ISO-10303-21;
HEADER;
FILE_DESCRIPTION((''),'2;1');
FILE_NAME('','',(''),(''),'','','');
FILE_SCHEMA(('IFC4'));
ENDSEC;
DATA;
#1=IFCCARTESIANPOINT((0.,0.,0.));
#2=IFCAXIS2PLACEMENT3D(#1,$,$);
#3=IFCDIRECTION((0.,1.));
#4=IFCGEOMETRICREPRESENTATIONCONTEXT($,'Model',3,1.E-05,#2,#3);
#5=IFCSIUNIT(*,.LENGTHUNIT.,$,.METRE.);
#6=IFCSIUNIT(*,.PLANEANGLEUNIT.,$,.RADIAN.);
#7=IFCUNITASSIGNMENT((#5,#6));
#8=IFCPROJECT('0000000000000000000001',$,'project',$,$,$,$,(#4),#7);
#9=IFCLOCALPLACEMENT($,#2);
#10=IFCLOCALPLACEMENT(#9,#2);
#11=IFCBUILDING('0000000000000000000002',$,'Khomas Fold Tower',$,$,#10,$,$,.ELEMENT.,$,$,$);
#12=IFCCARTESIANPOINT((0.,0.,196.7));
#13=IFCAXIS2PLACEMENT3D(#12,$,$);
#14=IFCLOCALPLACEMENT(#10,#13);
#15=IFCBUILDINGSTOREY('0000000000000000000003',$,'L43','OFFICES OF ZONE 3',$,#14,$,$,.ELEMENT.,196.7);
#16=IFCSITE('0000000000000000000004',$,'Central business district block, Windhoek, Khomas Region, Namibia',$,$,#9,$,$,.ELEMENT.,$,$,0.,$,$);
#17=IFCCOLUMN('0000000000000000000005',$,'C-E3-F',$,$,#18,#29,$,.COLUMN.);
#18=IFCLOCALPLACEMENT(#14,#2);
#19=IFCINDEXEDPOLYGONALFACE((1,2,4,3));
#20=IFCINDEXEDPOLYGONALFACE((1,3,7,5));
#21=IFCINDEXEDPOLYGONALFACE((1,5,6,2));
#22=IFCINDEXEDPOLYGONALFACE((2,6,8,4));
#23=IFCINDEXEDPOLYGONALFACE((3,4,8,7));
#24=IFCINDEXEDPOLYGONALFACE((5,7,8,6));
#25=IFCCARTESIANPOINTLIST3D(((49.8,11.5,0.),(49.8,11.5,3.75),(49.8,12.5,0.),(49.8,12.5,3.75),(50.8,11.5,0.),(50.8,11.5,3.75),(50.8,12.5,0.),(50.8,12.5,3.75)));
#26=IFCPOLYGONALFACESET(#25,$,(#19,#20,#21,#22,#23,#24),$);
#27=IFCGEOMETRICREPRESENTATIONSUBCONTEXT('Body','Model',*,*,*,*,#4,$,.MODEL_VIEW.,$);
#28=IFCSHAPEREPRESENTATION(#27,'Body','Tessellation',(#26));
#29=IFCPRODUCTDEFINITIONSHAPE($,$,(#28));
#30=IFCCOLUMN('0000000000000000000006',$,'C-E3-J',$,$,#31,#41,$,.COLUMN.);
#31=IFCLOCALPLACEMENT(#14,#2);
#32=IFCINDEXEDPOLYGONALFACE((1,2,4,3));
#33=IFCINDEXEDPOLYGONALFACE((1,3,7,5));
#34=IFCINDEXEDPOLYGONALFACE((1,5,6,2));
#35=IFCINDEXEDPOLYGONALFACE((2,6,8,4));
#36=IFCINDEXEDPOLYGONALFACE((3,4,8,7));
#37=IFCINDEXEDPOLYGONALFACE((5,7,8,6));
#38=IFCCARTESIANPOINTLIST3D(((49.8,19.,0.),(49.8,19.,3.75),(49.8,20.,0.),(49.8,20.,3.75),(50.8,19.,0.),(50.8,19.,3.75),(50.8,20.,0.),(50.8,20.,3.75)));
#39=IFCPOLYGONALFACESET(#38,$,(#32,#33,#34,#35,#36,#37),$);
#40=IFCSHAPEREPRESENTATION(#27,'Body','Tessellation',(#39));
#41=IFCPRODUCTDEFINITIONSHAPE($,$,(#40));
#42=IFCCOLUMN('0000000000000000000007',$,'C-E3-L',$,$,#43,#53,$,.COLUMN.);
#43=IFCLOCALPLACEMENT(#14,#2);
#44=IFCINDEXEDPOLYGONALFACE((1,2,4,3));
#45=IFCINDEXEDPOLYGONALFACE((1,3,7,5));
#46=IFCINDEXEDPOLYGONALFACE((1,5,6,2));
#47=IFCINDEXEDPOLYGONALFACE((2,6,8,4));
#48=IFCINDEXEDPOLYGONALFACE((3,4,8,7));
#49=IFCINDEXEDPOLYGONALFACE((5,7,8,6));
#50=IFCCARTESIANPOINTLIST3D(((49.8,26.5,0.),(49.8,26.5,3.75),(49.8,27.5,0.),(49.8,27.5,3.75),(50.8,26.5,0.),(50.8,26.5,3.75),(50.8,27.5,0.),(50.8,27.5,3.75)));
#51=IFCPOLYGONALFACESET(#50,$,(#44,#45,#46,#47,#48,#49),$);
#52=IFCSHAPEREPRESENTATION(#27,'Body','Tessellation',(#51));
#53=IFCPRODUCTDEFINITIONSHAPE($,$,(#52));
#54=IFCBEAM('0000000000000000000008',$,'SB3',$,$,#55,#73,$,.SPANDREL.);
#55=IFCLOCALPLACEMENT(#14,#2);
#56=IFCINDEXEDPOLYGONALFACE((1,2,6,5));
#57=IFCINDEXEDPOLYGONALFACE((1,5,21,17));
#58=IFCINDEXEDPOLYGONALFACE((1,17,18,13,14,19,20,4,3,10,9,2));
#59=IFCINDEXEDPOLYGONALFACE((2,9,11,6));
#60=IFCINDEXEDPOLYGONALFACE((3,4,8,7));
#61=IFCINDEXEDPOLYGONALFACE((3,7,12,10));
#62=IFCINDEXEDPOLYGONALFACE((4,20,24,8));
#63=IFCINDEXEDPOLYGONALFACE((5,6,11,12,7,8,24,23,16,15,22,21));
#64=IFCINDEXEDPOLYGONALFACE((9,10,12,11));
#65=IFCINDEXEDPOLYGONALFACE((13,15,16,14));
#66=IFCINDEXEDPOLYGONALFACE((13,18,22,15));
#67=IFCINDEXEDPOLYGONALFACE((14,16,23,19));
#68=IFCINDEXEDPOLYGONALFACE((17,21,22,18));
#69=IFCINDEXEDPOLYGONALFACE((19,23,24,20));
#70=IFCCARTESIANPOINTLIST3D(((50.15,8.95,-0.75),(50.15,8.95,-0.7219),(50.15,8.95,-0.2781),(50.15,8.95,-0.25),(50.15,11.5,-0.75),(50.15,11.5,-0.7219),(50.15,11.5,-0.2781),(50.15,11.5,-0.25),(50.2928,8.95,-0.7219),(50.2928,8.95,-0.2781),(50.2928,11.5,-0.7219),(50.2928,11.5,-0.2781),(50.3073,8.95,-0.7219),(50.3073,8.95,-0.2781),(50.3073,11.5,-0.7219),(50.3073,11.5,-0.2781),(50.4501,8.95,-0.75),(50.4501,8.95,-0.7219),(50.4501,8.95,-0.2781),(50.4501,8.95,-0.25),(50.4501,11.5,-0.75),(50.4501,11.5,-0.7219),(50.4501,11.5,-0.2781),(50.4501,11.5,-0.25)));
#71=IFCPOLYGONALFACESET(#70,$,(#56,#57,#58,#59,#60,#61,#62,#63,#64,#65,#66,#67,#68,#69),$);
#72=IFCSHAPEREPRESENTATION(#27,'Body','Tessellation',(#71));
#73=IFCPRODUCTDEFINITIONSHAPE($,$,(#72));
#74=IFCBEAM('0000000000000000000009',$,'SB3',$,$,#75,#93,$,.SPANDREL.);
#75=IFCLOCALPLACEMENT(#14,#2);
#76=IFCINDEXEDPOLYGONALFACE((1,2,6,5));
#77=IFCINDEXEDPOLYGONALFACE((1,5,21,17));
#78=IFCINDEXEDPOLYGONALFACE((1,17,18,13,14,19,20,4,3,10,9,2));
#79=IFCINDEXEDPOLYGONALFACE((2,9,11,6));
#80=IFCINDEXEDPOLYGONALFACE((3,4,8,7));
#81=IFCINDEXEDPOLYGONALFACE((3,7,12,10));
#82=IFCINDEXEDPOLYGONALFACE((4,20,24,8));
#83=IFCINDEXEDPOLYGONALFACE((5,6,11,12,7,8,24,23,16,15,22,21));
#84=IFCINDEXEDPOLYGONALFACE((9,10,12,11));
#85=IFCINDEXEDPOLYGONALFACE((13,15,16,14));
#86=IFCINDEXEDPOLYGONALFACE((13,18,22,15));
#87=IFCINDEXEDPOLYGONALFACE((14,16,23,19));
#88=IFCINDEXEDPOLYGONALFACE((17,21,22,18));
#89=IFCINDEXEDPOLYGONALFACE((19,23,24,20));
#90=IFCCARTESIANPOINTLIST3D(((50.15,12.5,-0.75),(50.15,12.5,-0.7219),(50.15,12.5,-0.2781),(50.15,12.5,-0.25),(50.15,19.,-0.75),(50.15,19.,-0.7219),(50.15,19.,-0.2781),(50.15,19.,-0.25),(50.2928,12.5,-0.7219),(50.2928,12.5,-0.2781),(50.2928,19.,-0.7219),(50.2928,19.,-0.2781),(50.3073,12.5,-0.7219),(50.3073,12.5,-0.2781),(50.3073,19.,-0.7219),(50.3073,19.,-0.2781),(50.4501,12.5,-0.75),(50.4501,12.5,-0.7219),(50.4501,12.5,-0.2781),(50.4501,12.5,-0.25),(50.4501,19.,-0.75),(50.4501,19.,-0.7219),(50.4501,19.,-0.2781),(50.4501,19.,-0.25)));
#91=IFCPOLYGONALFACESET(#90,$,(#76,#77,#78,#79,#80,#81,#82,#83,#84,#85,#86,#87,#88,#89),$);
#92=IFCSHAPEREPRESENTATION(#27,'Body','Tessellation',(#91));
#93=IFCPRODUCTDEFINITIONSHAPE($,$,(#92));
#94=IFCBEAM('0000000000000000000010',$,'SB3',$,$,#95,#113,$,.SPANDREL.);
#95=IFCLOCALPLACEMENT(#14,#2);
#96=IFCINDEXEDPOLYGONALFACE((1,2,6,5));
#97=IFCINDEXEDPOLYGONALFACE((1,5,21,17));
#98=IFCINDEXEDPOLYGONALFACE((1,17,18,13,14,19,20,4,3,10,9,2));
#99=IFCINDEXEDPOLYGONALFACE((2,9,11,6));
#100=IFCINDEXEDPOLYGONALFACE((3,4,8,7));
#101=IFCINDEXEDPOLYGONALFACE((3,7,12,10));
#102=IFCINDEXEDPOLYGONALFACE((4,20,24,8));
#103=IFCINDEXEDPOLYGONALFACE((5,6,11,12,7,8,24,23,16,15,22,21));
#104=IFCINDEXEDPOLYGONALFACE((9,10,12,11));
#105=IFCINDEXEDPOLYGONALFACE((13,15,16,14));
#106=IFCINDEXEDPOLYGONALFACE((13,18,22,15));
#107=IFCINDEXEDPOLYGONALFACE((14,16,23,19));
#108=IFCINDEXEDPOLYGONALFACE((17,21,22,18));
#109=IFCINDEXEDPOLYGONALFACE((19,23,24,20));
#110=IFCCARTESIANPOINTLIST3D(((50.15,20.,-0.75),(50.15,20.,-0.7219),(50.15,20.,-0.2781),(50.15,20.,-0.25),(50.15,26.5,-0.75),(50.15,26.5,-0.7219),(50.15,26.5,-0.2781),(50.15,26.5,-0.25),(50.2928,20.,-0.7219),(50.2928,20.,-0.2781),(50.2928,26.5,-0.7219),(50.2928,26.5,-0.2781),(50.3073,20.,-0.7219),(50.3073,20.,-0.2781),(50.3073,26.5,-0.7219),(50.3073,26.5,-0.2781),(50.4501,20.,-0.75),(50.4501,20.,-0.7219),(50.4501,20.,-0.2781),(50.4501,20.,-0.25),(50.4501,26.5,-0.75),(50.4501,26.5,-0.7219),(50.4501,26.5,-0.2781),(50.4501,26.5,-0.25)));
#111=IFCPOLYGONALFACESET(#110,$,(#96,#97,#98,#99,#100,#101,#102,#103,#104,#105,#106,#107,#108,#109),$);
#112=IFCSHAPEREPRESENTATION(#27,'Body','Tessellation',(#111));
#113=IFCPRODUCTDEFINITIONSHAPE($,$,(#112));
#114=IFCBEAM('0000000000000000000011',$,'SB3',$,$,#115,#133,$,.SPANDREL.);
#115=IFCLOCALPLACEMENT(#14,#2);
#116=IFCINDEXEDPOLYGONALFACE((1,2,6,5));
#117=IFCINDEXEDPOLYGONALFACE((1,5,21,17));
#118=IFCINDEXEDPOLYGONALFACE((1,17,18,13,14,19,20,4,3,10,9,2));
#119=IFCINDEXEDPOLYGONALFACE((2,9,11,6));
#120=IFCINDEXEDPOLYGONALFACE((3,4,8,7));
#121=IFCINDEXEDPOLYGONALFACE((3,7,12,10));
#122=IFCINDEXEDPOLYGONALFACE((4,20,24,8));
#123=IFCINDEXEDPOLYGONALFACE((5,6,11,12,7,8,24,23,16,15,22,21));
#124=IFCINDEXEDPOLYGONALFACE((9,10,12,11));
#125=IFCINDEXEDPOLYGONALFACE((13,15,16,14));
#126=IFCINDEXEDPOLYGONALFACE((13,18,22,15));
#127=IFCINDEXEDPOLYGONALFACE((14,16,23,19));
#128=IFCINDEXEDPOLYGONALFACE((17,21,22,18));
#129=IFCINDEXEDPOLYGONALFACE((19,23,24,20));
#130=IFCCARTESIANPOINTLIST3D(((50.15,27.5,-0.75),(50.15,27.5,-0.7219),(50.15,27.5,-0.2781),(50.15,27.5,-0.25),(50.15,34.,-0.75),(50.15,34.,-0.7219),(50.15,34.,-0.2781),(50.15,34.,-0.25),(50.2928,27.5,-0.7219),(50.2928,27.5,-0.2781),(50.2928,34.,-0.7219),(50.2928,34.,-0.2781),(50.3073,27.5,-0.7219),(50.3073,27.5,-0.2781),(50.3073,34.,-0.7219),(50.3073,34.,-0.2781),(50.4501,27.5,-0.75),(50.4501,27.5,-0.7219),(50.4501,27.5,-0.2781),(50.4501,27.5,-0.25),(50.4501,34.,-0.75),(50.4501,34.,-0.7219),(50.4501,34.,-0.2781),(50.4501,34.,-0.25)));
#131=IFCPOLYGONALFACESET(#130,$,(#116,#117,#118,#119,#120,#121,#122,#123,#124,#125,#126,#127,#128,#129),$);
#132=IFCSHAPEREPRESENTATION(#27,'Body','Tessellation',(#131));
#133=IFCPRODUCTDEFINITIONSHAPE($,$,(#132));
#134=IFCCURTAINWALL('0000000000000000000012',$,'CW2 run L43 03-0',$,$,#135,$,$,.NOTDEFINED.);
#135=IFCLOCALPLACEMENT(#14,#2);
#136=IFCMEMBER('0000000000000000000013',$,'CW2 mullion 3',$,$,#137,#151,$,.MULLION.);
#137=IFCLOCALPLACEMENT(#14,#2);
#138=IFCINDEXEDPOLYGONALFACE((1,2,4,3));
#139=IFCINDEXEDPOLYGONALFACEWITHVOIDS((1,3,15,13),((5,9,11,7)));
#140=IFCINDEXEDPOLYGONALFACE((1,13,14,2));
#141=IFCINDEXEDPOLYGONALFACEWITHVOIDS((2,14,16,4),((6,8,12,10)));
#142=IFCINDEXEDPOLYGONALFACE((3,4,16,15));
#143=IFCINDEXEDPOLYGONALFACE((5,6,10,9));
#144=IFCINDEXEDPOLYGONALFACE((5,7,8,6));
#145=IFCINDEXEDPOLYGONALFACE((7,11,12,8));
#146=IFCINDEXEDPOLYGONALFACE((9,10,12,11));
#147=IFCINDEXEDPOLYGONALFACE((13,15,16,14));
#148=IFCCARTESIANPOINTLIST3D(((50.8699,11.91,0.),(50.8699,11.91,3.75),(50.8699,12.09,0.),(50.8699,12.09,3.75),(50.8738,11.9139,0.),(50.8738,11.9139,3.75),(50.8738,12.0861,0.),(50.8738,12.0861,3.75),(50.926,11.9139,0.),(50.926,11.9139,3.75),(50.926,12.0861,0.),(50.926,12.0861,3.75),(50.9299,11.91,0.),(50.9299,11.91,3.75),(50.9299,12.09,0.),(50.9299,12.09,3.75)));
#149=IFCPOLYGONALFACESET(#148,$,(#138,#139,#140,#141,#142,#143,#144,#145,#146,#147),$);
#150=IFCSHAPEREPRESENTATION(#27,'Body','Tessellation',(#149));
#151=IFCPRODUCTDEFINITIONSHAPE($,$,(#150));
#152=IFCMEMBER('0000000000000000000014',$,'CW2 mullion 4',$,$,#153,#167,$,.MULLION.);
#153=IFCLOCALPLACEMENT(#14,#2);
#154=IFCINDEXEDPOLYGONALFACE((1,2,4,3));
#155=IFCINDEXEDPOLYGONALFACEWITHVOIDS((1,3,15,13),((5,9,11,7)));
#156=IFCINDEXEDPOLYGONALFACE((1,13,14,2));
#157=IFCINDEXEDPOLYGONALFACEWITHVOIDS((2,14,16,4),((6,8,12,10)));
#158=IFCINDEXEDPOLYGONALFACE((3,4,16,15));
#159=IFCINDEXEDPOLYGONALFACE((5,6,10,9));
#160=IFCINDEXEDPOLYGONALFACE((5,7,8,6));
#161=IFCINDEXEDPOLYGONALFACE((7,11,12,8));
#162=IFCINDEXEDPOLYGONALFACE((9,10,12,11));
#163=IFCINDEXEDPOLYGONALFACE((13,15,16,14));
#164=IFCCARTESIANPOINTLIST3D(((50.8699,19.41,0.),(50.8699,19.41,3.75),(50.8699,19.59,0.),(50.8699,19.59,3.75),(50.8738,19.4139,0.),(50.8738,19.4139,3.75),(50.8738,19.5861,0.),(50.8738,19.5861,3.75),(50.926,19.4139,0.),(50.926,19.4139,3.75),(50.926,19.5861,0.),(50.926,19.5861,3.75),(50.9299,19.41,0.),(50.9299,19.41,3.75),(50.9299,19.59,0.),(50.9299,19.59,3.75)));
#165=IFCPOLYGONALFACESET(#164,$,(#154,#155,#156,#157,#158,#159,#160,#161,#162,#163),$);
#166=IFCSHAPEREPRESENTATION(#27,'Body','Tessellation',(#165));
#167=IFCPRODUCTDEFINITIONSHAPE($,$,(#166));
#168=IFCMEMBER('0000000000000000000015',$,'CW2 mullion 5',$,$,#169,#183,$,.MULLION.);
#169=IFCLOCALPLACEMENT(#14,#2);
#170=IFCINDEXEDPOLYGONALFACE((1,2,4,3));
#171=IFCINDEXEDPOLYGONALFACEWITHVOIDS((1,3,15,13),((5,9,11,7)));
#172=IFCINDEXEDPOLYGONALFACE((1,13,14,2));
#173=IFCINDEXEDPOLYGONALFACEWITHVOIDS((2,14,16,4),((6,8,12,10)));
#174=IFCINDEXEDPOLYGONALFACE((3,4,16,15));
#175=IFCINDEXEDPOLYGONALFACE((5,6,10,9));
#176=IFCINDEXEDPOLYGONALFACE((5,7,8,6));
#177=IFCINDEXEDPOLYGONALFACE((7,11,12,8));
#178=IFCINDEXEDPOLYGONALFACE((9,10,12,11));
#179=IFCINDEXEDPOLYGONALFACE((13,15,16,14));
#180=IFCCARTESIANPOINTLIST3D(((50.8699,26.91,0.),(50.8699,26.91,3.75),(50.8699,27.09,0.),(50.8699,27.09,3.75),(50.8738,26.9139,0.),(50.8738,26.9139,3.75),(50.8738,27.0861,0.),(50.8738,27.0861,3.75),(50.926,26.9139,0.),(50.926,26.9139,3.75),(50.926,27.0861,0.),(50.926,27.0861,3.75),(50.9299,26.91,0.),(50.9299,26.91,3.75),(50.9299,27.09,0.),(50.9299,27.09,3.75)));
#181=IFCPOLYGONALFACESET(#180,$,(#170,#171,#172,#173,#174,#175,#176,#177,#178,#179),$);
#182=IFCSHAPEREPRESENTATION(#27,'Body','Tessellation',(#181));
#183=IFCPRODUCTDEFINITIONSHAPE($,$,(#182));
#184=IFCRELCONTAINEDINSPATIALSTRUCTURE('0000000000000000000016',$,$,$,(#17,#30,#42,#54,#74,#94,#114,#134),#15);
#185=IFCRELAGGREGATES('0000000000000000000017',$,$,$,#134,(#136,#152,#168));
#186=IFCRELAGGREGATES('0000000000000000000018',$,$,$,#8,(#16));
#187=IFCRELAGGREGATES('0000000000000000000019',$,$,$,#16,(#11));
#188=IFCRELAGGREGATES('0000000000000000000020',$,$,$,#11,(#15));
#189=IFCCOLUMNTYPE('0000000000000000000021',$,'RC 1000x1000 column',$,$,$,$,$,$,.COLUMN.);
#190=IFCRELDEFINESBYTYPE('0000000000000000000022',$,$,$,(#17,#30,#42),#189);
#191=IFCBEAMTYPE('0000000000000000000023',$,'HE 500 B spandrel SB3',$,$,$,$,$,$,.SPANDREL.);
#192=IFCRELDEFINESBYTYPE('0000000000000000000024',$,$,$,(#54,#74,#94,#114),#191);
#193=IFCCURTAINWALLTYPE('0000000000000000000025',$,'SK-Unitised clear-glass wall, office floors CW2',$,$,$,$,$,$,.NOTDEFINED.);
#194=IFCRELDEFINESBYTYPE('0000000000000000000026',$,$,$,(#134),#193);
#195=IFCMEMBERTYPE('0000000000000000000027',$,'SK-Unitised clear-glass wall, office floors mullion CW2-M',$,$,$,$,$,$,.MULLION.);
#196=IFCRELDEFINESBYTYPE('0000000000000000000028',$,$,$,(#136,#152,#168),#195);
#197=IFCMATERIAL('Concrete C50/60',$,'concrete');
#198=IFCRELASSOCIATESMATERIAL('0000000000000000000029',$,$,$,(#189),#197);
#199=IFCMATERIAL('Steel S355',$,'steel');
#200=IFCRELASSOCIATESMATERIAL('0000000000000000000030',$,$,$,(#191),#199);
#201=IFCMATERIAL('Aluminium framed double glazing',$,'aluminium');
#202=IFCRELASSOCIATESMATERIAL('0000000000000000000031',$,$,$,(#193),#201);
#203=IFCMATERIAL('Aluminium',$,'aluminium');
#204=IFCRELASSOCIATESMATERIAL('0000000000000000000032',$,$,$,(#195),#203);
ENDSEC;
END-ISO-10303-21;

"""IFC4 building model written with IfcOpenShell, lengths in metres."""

from ifc_helpers import new_model, si_unit, direction, frame, origin, origin_2d, place, context, subcontext, project, spatial, rectangle, hollow_rectangle, i_section, extrude, source, transform, mapped, material, material_profile, profile_set, type_object, element, aggregate, save


model = new_model("IFC4")

# Units and contexts
model_context = context("Model", 3, precision=1e-05, world=origin(), true_north=direction((0.0, 1.0)))
body_context = subcontext(model_context, "Body", "Model", "MODEL_VIEW")
ifc_project = project(units=[si_unit("LENGTHUNIT", "METRE"), si_unit("PLANEANGLEUNIT", "RADIAN")], contexts=[model_context])

# Site, building, storey
site_placement = place(None, origin())
site = spatial("IfcSite", under=ifc_project, at=site_placement, Name="Central business district block, Windhoek, Khomas Region, Namibia", CompositionType="ELEMENT", RefElevation=0.0)
building_placement = place(site_placement, origin())
building = spatial("IfcBuilding", under=site, at=building_placement, Name="Khomas Fold Tower", CompositionType="ELEMENT")
storey_placement = place(building_placement, frame((0.0, 0.0, 196.7)))
storey = spatial("IfcBuildingStorey", under=building, at=storey_placement, Name="L43", Description="OFFICES OF ZONE 3", CompositionType="ELEMENT", Elevation=196.7)

# Columns
ifc_material_1 = material(Name="Concrete C50/60", Category="concrete")
ifc_material_profile_1 = material_profile(ifc_material_1, rectangle(XDim=1.0, YDim=1.0, at=origin_2d()), Name="RC 1000x1000")
ifc_profile_set_1 = profile_set([ifc_material_profile_1], Name="Concrete C50/60")
column_type = type_object("IfcColumnType", Name="RC 1000x1000 column", PredefinedType="COLUMN", material=ifc_profile_set_1)
shared_shape_1 = source(origin(), body_context, "Body", "SweptSolid", [
    extrude(rectangle(XDim=1.0, YDim=1.0, at=origin_2d()), origin(), (0.0, 0.0, 1.0), 3.75),
])
for number, where, z_axis, x_axis, name in (
    (1, (50.3, 12.0, 0.0), (0.0, 0.0, 1.0), (1.0, 0.0, 0.0), "C-E3-F"),
    (2, (50.3, 19.5, 0.0), (0.0, 0.0, 1.0), (1.0, 0.0, 0.0), "C-E3-J"),
    (3, (50.3, 27.0, 0.0), (0.0, 0.0, 1.0), (1.0, 0.0, 0.0), "C-E3-L"),
):
    element("IfcColumn", number, at=place(storey_placement, frame(where, z_axis=z_axis, x_axis=x_axis)), inside=storey, type_object=column_type, Name=name, PredefinedType="COLUMN", context=body_context, shape_type="MappedRepresentation", body=[
        mapped(shared_shape_1, transform((0.0, 0.0, 0.0))),
    ])

# Beams
ifc_material_2 = material(Name="Steel S355", Category="steel")
ifc_material_profile_2 = material_profile(ifc_material_2, i_section(OverallWidth=0.3, OverallDepth=0.5, WebThickness=0.0144, FlangeThickness=0.0281, at=origin_2d()), Name="HE 500 B")
ifc_profile_set_2 = profile_set([ifc_material_profile_2], Name="Steel S355")
beam_type = type_object("IfcBeamType", Name="HE 500 B spandrel SB3", PredefinedType="SPANDREL", material=ifc_profile_set_2)
shared_shape_2 = source(origin(), body_context, "Body", "SweptSolid", [
    extrude(i_section(OverallWidth=0.3, OverallDepth=0.5, WebThickness=0.0144, FlangeThickness=0.0281, at=origin_2d()), origin(), (0.0, 0.0, 1.0), 2.55),
])
beam_placement = place(storey_placement, frame((50.3, 8.95, -0.5), z_axis=(0.0, 1.0, 0.0), x_axis=(-1.0, 0.0, 0.0)))
element("IfcBeam", 4, at=beam_placement, inside=storey, type_object=beam_type, Name="SB3", PredefinedType="SPANDREL", context=body_context, shape_type="MappedRepresentation", body=[
    mapped(shared_shape_2, transform((0.0, 0.0, 0.0))),
])
shared_shape_3 = source(origin(), body_context, "Body", "SweptSolid", [
    extrude(i_section(OverallWidth=0.3, OverallDepth=0.5, WebThickness=0.0144, FlangeThickness=0.0281, at=origin_2d()), origin(), (0.0, 0.0, 1.0), 6.5),
])
for number, where, z_axis, x_axis, name in (
    (5, (50.3, 12.5, -0.5), (0.0, 1.0, 0.0), (-1.0, 0.0, 0.0), "SB3"),
    (6, (50.3, 20.0, -0.5), (0.0, 1.0, 0.0), (-1.0, 0.0, 0.0), "SB3"),
    (7, (50.3, 27.5, -0.5), (0.0, 1.0, 0.0), (-1.0, 0.0, 0.0), "SB3"),
):
    element("IfcBeam", number, at=place(storey_placement, frame(where, z_axis=z_axis, x_axis=x_axis)), inside=storey, type_object=beam_type, Name=name, PredefinedType="SPANDREL", context=body_context, shape_type="MappedRepresentation", body=[
        mapped(shared_shape_3, transform((0.0, 0.0, 0.0))),
    ])

# Curtain wall, members
ifc_material_3 = material(Name="Aluminium framed double glazing", Category="aluminium")
curtain_wall_type = type_object("IfcCurtainWallType", Name="SK-Unitised clear-glass wall, office floors CW2", PredefinedType="NOTDEFINED", material=ifc_material_3)
curtain_wall_placement = place(storey_placement, origin())
curtain_wall = element("IfcCurtainWall", 8, at=curtain_wall_placement, inside=storey, type_object=curtain_wall_type, Name="CW2 run L43 03-0", PredefinedType="NOTDEFINED")
ifc_material_4 = material(Name="Aluminium", Category="aluminium")
ifc_material_profile_3 = material_profile(ifc_material_4, hollow_rectangle(XDim=0.0601, YDim=0.1799, WallThickness=0.0039, at=origin_2d()), Name="SK-Unitised clear-glass wall, office floors mullion CW2-M")
ifc_profile_set_3 = profile_set([ifc_material_profile_3], Name="Aluminium")
member_type_1 = type_object("IfcMemberType", Name="SK-Unitised clear-glass wall, office floors mullion CW2-M", PredefinedType="MULLION", material=ifc_profile_set_3)
shared_shape_4 = source(origin(), body_context, "Body", "SweptSolid", [
    extrude(hollow_rectangle(XDim=0.0601, YDim=0.1799, WallThickness=0.0039, at=origin_2d()), origin(), (0.0, 0.0, 1.0), 3.75),
])
member_1_placement = place(storey_placement, frame((50.8999, 12.0, 0.0), z_axis=(0.0, 0.0, 1.0), x_axis=(-1.0, 0.0, 0.0)))
member_1 = element("IfcMember", 9, at=member_1_placement, type_object=member_type_1, Name="CW2 mullion 3", PredefinedType="MULLION", context=body_context, shape_type="MappedRepresentation", body=[
    mapped(shared_shape_4, transform((0.0, 0.0, 0.0))),
])
member_2_placement = place(storey_placement, frame((50.8999, 19.5, 0.0), z_axis=(0.0, 0.0, 1.0), x_axis=(-1.0, 0.0, 0.0)))
member_2 = element("IfcMember", 10, at=member_2_placement, type_object=member_type_1, Name="CW2 mullion 4", PredefinedType="MULLION", context=body_context, shape_type="MappedRepresentation", body=[
    mapped(shared_shape_4, transform((0.0, 0.0, 0.0))),
])
member_3_placement = place(storey_placement, frame((50.8999, 27.0, 0.0), z_axis=(0.0, 0.0, 1.0), x_axis=(-1.0, 0.0, 0.0)))
member_3 = element("IfcMember", 11, at=member_3_placement, type_object=member_type_1, Name="CW2 mullion 5", PredefinedType="MULLION", context=body_context, shape_type="MappedRepresentation", body=[
    mapped(shared_shape_4, transform((0.0, 0.0, 0.0))),
])
aggregate(curtain_wall, [member_1, member_2, member_3])

save(model, "model.ifc")
